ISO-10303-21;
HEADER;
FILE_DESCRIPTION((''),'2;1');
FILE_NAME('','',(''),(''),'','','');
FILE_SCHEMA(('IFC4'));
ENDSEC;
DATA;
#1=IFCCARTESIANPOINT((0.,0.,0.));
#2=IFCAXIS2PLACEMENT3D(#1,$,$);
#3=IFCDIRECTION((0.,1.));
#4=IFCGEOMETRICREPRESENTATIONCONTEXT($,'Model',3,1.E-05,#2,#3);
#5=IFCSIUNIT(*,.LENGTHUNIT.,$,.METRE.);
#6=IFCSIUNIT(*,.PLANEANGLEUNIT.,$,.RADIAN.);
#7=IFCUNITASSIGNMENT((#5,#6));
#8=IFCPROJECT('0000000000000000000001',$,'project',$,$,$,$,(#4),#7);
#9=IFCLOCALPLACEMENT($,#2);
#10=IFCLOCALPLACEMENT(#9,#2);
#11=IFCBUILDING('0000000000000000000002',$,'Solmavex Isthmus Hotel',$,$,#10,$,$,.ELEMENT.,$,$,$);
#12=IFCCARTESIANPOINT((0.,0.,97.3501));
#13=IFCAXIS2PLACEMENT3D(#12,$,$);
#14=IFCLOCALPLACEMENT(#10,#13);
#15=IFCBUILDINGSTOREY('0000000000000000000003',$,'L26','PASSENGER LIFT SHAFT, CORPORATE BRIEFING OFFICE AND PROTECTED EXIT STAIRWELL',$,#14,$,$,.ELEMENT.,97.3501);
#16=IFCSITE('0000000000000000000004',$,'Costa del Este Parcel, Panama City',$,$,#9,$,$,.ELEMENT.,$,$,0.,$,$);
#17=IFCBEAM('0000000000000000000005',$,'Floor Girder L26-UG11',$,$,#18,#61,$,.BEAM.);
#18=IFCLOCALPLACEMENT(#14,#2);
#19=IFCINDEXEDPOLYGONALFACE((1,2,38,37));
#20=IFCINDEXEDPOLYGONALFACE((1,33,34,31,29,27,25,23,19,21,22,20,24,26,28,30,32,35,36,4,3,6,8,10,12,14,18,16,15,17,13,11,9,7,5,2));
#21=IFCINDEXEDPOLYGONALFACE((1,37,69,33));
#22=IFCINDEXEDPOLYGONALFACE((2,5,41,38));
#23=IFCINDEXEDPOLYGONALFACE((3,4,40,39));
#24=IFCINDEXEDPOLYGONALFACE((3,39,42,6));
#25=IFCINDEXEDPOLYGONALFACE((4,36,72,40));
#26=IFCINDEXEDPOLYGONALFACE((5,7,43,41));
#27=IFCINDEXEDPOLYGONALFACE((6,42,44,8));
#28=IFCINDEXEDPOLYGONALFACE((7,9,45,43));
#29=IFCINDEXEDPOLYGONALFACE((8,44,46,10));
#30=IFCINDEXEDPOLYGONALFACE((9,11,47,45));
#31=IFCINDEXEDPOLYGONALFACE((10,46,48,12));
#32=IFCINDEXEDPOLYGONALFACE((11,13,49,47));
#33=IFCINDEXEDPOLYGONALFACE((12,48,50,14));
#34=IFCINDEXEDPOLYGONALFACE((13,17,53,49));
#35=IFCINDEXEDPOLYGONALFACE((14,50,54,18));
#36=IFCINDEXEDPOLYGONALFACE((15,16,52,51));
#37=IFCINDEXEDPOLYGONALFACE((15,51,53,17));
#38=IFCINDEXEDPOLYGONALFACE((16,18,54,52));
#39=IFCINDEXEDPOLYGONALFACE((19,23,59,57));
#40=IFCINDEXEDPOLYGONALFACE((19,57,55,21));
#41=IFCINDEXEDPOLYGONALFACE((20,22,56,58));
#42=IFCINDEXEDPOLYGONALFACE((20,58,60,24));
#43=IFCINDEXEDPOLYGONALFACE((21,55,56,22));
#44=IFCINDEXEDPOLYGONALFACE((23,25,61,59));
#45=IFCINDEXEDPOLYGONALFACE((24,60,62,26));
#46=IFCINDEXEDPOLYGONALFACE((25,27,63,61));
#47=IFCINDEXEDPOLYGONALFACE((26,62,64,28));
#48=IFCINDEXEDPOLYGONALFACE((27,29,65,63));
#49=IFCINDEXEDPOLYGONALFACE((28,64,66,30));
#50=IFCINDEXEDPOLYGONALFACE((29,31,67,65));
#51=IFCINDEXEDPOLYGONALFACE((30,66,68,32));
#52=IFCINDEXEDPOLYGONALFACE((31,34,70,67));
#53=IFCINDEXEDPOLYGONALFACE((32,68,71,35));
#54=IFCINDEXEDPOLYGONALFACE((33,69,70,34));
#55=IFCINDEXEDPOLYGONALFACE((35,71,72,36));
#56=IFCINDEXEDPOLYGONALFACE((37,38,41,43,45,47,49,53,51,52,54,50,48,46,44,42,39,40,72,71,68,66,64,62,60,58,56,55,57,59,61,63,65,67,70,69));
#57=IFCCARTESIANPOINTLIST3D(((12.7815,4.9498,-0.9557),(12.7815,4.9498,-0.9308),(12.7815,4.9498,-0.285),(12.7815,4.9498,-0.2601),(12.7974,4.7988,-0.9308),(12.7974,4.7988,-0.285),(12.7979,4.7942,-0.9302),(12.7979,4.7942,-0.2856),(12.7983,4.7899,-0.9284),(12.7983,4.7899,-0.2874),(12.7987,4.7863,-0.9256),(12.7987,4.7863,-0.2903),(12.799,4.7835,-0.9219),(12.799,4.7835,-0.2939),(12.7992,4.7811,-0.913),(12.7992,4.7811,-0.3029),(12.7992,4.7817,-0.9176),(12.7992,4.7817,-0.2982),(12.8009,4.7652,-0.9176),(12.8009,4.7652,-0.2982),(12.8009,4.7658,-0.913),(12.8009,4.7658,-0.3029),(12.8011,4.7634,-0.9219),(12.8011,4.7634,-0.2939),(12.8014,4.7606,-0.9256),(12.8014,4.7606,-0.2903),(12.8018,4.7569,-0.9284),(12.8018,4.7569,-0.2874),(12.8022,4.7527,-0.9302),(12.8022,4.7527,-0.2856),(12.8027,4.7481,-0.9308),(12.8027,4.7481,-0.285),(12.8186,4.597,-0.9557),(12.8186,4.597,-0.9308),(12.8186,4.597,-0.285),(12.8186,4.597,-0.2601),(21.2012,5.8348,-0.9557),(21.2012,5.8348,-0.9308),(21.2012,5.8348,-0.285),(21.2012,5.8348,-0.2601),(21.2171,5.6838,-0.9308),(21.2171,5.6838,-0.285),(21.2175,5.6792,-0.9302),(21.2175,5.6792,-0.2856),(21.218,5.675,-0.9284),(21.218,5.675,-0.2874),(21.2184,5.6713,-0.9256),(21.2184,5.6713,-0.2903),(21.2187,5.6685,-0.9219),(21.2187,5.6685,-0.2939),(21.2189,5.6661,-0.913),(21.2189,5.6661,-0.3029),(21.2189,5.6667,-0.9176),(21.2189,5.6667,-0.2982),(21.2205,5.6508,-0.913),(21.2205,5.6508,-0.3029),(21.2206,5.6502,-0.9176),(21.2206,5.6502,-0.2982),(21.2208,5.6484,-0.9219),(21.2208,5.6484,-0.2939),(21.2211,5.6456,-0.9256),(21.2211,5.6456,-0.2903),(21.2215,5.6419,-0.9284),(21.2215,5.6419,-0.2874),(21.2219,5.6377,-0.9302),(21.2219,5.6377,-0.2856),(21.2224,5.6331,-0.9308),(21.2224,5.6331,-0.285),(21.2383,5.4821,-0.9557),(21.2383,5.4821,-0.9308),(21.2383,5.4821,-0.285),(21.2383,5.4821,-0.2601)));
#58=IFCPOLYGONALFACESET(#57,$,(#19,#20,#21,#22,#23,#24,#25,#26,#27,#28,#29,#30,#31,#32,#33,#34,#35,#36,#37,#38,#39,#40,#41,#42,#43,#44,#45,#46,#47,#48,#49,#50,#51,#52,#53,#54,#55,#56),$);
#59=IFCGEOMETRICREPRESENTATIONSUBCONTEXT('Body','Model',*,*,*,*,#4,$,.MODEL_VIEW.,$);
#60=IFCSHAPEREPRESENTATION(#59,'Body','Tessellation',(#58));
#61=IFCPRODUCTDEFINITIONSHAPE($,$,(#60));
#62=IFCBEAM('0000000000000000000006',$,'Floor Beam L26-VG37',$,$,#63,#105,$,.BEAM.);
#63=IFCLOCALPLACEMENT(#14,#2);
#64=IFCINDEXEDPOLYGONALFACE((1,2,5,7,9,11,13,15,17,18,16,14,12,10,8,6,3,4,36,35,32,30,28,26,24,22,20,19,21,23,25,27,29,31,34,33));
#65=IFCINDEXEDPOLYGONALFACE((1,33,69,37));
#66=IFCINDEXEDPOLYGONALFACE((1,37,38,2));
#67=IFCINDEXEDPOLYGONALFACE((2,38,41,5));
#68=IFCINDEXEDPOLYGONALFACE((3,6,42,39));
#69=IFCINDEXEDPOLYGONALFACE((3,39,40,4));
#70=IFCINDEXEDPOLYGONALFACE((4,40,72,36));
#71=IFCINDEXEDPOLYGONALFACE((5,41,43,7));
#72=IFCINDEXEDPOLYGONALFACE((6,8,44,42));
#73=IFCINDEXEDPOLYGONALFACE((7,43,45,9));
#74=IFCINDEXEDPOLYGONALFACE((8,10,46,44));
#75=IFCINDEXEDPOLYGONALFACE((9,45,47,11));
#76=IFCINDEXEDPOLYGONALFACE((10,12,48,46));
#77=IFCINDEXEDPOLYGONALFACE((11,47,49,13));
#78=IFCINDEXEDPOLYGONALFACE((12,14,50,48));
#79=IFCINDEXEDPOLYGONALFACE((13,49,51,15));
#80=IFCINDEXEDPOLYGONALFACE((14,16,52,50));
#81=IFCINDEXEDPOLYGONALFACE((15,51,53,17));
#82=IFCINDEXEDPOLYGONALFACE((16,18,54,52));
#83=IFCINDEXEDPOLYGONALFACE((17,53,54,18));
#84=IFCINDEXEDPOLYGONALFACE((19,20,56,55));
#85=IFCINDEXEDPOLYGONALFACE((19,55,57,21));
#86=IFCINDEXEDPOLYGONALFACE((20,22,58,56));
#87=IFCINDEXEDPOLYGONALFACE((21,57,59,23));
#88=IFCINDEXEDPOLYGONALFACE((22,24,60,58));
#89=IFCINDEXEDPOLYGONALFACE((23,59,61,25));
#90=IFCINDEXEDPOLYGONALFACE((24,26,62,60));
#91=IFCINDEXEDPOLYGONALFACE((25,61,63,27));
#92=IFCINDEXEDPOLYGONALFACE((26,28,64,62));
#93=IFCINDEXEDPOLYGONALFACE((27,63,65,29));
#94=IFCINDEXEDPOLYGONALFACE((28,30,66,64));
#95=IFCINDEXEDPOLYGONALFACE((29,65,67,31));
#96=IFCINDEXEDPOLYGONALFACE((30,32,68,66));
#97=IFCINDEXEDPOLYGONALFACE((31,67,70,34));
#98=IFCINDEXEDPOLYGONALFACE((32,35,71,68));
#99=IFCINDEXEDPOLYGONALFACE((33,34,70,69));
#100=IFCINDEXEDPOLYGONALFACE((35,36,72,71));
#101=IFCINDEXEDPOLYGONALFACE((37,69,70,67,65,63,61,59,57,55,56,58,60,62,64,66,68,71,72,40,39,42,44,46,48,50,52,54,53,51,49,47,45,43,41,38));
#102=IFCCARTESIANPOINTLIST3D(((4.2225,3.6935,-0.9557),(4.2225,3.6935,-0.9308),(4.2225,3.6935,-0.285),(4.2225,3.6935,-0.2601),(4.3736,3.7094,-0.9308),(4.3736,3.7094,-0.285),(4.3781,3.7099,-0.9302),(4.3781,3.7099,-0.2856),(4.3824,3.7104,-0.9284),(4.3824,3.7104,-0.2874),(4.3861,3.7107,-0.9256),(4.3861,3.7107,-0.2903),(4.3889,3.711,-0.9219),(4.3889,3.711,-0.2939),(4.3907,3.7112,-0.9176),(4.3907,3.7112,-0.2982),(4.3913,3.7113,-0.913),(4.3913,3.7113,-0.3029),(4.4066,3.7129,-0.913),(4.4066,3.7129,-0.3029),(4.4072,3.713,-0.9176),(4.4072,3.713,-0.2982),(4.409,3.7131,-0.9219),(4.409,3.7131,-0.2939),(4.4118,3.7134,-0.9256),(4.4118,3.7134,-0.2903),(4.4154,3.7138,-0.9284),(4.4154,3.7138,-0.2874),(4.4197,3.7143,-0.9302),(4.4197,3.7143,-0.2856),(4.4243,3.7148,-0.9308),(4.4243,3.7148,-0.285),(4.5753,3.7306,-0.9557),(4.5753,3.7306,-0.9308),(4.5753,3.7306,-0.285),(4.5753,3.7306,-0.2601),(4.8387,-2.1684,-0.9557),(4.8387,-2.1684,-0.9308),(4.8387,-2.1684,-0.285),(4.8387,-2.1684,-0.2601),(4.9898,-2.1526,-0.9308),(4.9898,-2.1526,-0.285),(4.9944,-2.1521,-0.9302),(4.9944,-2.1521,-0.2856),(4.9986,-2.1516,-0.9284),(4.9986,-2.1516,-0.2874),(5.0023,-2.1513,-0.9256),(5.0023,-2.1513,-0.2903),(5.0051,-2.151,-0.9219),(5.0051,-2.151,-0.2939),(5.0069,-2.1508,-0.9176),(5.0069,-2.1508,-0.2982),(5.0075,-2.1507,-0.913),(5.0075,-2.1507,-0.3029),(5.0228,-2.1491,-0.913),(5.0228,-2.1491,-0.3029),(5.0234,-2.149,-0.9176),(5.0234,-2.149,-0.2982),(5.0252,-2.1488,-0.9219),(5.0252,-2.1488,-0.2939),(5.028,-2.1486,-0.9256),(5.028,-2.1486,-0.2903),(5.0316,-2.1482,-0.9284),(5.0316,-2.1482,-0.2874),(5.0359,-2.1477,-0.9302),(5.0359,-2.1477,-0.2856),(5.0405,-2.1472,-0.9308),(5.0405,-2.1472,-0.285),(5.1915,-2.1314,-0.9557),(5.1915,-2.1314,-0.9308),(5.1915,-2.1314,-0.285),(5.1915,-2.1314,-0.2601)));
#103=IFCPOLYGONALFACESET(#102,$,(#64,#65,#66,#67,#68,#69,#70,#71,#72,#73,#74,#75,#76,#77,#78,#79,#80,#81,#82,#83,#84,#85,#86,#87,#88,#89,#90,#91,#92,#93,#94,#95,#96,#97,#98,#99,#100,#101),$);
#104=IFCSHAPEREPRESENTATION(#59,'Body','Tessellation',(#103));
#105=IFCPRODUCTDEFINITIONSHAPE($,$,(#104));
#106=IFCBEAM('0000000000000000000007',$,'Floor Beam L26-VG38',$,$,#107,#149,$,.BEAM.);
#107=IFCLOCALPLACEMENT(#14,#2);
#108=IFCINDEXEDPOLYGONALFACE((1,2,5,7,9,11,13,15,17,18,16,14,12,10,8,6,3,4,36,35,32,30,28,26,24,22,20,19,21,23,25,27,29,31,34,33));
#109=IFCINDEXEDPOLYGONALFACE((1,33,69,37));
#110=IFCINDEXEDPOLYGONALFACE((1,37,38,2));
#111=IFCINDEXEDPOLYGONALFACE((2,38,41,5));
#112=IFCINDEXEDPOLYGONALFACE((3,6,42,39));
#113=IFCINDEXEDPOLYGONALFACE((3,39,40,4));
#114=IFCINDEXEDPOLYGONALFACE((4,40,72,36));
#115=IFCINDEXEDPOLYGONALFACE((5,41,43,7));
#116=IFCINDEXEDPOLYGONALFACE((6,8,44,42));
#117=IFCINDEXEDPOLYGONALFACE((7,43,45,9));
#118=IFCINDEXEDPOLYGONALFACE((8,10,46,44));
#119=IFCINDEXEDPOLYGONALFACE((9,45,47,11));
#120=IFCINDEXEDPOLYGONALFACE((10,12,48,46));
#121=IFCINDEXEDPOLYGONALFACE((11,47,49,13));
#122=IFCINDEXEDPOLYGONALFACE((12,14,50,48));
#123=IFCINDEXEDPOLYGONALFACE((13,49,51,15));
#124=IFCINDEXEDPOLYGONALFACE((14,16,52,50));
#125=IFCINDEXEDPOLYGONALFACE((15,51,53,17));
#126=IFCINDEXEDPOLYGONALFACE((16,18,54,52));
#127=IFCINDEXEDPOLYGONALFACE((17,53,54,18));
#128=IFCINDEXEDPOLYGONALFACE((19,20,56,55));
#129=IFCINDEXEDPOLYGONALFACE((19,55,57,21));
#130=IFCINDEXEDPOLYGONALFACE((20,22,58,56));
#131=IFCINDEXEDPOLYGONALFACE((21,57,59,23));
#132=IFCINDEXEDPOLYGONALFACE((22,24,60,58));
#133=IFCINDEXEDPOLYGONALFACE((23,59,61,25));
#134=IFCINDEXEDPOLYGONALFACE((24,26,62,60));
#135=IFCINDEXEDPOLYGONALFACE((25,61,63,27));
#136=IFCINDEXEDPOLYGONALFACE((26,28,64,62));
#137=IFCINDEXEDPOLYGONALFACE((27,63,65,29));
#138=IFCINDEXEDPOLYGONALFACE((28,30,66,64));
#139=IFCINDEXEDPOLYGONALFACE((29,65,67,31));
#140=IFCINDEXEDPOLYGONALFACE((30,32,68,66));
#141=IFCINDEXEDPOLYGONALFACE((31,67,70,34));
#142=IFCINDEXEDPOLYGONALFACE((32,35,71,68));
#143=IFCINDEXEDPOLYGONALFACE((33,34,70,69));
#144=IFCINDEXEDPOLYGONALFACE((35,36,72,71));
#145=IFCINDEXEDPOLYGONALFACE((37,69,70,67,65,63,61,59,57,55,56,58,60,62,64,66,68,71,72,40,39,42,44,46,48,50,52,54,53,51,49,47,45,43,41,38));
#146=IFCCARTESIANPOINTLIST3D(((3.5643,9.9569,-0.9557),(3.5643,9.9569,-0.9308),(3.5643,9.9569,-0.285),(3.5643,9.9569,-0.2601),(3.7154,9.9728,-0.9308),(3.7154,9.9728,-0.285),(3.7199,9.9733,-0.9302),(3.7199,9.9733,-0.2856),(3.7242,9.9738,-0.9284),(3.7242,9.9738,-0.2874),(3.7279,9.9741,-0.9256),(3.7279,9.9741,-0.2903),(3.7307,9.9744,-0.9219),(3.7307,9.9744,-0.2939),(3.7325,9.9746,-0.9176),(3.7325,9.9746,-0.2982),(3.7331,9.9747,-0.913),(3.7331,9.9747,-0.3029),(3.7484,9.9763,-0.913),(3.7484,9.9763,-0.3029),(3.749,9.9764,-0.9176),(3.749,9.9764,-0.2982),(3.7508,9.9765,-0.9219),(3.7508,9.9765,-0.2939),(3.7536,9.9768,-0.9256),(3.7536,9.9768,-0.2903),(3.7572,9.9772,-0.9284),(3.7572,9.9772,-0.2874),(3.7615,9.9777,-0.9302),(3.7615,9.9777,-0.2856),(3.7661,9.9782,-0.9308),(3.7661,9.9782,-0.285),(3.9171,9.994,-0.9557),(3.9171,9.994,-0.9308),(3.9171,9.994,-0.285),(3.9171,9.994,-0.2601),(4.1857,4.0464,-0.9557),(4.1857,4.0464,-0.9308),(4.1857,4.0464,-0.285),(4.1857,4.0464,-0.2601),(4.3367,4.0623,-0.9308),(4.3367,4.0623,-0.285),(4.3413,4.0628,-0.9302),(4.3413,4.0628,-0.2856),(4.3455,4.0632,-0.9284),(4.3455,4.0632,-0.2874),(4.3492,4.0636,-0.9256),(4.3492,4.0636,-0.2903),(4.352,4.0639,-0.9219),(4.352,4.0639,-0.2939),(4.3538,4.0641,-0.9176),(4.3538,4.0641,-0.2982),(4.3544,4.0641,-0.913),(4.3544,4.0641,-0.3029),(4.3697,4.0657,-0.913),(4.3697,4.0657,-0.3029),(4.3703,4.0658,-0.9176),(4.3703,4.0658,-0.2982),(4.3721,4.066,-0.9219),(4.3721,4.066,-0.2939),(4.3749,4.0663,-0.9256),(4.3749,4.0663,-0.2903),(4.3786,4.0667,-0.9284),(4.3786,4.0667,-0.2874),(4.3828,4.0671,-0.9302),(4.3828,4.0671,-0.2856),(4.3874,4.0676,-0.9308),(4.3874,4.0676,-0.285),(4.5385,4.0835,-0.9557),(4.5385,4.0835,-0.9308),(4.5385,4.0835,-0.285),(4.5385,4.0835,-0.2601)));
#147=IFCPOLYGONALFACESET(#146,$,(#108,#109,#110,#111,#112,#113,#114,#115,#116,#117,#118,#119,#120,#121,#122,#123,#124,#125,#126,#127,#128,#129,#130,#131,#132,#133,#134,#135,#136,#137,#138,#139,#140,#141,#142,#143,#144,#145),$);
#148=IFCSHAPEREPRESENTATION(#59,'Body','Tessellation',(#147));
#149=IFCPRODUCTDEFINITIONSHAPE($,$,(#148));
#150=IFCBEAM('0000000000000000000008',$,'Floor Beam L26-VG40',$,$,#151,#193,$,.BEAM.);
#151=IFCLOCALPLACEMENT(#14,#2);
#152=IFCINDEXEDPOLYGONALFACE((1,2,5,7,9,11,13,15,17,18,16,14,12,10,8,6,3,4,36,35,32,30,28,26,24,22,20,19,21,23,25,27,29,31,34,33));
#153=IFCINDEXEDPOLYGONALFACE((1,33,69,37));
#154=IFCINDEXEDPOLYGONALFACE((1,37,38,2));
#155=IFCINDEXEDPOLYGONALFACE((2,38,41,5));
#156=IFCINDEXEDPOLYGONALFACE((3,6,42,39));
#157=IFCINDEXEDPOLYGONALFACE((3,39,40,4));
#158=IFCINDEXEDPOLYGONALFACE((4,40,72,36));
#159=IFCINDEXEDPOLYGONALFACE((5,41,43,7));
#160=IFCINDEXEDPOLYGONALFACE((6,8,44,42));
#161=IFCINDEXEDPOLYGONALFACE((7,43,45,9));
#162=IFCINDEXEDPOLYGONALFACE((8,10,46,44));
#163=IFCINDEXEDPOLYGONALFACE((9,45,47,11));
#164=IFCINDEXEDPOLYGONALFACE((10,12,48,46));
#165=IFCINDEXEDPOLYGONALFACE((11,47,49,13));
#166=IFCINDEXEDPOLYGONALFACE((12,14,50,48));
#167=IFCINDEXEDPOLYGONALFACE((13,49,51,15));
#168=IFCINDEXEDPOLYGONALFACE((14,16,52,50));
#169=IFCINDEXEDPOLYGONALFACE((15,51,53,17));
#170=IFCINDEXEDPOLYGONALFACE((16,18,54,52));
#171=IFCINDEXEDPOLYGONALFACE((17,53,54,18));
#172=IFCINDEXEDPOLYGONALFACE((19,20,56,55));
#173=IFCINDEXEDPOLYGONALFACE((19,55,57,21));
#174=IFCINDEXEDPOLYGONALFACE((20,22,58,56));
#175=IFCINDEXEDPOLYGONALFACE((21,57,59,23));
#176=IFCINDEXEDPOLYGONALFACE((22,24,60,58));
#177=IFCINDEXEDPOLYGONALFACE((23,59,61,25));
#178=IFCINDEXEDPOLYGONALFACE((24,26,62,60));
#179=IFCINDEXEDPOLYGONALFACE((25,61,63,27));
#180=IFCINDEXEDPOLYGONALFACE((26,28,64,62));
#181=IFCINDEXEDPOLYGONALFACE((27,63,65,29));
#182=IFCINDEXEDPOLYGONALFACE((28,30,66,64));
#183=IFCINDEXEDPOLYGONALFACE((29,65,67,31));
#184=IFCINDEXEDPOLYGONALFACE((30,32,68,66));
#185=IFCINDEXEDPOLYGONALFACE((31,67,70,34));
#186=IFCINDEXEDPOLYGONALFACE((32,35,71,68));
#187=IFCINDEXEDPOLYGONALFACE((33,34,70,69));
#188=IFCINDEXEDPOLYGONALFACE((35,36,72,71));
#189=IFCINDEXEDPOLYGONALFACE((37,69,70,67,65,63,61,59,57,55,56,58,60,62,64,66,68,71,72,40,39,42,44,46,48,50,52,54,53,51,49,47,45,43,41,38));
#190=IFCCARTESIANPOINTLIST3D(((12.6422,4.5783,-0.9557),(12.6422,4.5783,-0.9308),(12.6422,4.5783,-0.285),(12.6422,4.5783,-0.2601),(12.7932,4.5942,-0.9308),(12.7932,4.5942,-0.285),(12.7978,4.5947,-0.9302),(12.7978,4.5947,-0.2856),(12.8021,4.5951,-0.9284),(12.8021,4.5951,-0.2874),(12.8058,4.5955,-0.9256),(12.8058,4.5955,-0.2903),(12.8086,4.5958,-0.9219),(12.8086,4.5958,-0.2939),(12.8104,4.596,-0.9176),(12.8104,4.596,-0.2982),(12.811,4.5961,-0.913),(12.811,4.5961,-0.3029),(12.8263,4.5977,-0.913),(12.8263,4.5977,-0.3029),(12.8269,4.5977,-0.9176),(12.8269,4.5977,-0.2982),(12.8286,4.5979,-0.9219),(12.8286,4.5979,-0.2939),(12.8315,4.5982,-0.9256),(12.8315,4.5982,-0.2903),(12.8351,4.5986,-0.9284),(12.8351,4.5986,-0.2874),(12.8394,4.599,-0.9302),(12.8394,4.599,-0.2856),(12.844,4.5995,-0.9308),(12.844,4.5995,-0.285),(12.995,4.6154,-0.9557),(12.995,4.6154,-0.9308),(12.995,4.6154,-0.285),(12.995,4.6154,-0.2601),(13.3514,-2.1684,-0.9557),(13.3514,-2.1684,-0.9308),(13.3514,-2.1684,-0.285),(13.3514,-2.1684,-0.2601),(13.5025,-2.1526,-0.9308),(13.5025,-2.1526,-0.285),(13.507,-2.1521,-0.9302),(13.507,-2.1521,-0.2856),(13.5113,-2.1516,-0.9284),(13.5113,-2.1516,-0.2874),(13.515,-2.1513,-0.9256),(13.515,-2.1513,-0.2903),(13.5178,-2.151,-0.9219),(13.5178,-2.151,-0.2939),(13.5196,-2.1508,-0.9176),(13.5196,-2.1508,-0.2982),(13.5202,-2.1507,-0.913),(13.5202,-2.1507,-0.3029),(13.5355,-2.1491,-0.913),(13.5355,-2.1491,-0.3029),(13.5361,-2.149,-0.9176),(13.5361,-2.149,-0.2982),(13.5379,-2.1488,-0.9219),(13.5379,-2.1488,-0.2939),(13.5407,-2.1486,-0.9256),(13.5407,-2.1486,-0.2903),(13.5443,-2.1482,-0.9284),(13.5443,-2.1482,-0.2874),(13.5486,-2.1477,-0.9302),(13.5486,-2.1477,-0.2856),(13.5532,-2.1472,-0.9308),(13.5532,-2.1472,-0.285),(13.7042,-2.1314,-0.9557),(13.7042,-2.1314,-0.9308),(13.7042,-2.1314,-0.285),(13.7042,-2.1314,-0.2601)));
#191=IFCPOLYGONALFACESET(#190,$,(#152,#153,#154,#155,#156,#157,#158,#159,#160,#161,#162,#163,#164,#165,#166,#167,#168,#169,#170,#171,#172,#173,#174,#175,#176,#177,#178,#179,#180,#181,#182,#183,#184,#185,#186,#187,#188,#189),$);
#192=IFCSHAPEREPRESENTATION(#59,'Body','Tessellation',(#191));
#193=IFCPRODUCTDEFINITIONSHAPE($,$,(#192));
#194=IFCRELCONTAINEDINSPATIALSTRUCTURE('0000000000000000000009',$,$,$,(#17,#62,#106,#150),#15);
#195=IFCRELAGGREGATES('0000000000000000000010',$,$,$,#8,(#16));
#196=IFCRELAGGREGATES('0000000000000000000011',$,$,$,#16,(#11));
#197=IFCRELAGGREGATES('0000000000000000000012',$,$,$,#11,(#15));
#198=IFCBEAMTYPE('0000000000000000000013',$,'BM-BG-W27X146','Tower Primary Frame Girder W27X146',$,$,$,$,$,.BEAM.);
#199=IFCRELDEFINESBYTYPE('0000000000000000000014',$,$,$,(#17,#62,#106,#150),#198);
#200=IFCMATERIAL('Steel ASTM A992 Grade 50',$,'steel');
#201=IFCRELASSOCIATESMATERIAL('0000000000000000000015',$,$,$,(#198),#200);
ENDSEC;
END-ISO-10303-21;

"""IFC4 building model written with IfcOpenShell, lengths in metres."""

from ifc_helpers import new_model, si_unit, direction, frame, origin, origin_2d, place, context, subcontext, project, spatial, i_section, extrude, material, material_profile, profile_set, type_object, element, save


model = new_model("IFC4")

# Units and contexts
model_context = context("Model", 3, precision=1e-05, world=origin(), true_north=direction((0.0, 1.0)))
body_context = subcontext(model_context, "Body", "Model", "MODEL_VIEW")
ifc_project = project(units=[si_unit("LENGTHUNIT", "METRE"), si_unit("PLANEANGLEUNIT", "RADIAN")], contexts=[model_context])

# Site, building, storey
site_placement = place(None, origin())
site = spatial("IfcSite", under=ifc_project, at=site_placement, Name="Costa del Este Parcel, Panama City", CompositionType="ELEMENT", RefElevation=0.0)
building_placement = place(site_placement, origin())
building = spatial("IfcBuilding", under=site, at=building_placement, Name="Solmavex Isthmus Hotel", CompositionType="ELEMENT")
storey_placement = place(building_placement, frame((0.0, 0.0, 97.3501)))
storey = spatial("IfcBuildingStorey", under=building, at=storey_placement, Name="L26", Description="PASSENGER LIFT SHAFT, CORPORATE BRIEFING OFFICE AND PROTECTED EXIT STAIRWELL", CompositionType="ELEMENT", Elevation=97.3501)

# Beams
ifc_material_1 = material(Name="Steel ASTM A992 Grade 50", Category="steel")
ifc_material_profile_1 = material_profile(ifc_material_1, i_section(OverallWidth=0.3547, OverallDepth=0.6956, WebThickness=0.0154, FlangeThickness=0.0249, FilletRadius=0.0178, at=origin_2d()), Name="W27X146")
ifc_profile_set_1 = profile_set([ifc_material_profile_1], Name="Steel ASTM A992 Grade 50")
beam_type_1 = type_object("IfcBeamType", Name="BM-BG-W27X146", Description="Tower Primary Frame Girder W27X146", PredefinedType="BEAM", material=ifc_profile_set_1)
for number, where, z_axis, x_axis, name in (
    (1, (12.8, 4.7734, -0.6079), (0.994521, 0.104536, 0.0), (-0.104536, 0.994521, 0.0), "Floor Girder L26-UG11"),
):
    element("IfcBeam", number, at=place(storey_placement, frame(where, z_axis=z_axis, x_axis=x_axis)), inside=storey, type_object=beam_type_1, Name=name, PredefinedType="BEAM", context=body_context, shape_type="SweptSolid", body=[
        extrude(i_section(OverallWidth=0.3547, OverallDepth=0.6956, WebThickness=0.0154, FlangeThickness=0.0249, FilletRadius=0.0178, at=origin_2d()), origin(), (0.0, 0.0, 1.0), 8.4661),
    ])
beam_1_placement = place(storey_placement, frame((5.0151, -2.1499, -0.6079), z_axis=(-0.104542, 0.99452, 0.0), x_axis=(-0.99452, -0.104542, 0.0)))
element("IfcBeam", 2, at=beam_1_placement, inside=storey, type_object=beam_type_1, Name="Floor Beam L26-VG37", PredefinedType="BEAM", context=body_context, shape_type="SweptSolid", body=[
    extrude(i_section(OverallWidth=0.3547, OverallDepth=0.6956, WebThickness=0.0154, FlangeThickness=0.0249, FilletRadius=0.0178, at=origin_2d()), origin(), (0.0, 0.0, 1.0), 5.8943),
])
beam_2_placement = place(storey_placement, frame((4.3621, 4.0649, -0.6079), z_axis=(-0.104546, 0.99452, 0.0), x_axis=(-0.99452, -0.104546, 0.0)))
element("IfcBeam", 3, at=beam_2_placement, inside=storey, type_object=beam_type_1, Name="Floor Beam L26-VG38", PredefinedType="BEAM", context=body_context, shape_type="SweptSolid", body=[
    extrude(i_section(OverallWidth=0.3547, OverallDepth=0.6956, WebThickness=0.0154, FlangeThickness=0.0249, FilletRadius=0.0178, at=origin_2d()), origin(), (0.0, 0.0, 1.0), 5.9431),
])
beam_3_placement = place(storey_placement, frame((13.5278, -2.1499, -0.6079), z_axis=(-0.104544, 0.99452, 0.0), x_axis=(-0.99452, -0.104544, 0.0)))
element("IfcBeam", 4, at=beam_3_placement, inside=storey, type_object=beam_type_1, Name="Floor Beam L26-VG40", PredefinedType="BEAM", context=body_context, shape_type="SweptSolid", body=[
    extrude(i_section(OverallWidth=0.3547, OverallDepth=0.6956, WebThickness=0.0154, FlangeThickness=0.0249, FilletRadius=0.0178, at=origin_2d()), origin(), (0.0, 0.0, 1.0), 6.7839),
])

save(model, "model.ifc")
